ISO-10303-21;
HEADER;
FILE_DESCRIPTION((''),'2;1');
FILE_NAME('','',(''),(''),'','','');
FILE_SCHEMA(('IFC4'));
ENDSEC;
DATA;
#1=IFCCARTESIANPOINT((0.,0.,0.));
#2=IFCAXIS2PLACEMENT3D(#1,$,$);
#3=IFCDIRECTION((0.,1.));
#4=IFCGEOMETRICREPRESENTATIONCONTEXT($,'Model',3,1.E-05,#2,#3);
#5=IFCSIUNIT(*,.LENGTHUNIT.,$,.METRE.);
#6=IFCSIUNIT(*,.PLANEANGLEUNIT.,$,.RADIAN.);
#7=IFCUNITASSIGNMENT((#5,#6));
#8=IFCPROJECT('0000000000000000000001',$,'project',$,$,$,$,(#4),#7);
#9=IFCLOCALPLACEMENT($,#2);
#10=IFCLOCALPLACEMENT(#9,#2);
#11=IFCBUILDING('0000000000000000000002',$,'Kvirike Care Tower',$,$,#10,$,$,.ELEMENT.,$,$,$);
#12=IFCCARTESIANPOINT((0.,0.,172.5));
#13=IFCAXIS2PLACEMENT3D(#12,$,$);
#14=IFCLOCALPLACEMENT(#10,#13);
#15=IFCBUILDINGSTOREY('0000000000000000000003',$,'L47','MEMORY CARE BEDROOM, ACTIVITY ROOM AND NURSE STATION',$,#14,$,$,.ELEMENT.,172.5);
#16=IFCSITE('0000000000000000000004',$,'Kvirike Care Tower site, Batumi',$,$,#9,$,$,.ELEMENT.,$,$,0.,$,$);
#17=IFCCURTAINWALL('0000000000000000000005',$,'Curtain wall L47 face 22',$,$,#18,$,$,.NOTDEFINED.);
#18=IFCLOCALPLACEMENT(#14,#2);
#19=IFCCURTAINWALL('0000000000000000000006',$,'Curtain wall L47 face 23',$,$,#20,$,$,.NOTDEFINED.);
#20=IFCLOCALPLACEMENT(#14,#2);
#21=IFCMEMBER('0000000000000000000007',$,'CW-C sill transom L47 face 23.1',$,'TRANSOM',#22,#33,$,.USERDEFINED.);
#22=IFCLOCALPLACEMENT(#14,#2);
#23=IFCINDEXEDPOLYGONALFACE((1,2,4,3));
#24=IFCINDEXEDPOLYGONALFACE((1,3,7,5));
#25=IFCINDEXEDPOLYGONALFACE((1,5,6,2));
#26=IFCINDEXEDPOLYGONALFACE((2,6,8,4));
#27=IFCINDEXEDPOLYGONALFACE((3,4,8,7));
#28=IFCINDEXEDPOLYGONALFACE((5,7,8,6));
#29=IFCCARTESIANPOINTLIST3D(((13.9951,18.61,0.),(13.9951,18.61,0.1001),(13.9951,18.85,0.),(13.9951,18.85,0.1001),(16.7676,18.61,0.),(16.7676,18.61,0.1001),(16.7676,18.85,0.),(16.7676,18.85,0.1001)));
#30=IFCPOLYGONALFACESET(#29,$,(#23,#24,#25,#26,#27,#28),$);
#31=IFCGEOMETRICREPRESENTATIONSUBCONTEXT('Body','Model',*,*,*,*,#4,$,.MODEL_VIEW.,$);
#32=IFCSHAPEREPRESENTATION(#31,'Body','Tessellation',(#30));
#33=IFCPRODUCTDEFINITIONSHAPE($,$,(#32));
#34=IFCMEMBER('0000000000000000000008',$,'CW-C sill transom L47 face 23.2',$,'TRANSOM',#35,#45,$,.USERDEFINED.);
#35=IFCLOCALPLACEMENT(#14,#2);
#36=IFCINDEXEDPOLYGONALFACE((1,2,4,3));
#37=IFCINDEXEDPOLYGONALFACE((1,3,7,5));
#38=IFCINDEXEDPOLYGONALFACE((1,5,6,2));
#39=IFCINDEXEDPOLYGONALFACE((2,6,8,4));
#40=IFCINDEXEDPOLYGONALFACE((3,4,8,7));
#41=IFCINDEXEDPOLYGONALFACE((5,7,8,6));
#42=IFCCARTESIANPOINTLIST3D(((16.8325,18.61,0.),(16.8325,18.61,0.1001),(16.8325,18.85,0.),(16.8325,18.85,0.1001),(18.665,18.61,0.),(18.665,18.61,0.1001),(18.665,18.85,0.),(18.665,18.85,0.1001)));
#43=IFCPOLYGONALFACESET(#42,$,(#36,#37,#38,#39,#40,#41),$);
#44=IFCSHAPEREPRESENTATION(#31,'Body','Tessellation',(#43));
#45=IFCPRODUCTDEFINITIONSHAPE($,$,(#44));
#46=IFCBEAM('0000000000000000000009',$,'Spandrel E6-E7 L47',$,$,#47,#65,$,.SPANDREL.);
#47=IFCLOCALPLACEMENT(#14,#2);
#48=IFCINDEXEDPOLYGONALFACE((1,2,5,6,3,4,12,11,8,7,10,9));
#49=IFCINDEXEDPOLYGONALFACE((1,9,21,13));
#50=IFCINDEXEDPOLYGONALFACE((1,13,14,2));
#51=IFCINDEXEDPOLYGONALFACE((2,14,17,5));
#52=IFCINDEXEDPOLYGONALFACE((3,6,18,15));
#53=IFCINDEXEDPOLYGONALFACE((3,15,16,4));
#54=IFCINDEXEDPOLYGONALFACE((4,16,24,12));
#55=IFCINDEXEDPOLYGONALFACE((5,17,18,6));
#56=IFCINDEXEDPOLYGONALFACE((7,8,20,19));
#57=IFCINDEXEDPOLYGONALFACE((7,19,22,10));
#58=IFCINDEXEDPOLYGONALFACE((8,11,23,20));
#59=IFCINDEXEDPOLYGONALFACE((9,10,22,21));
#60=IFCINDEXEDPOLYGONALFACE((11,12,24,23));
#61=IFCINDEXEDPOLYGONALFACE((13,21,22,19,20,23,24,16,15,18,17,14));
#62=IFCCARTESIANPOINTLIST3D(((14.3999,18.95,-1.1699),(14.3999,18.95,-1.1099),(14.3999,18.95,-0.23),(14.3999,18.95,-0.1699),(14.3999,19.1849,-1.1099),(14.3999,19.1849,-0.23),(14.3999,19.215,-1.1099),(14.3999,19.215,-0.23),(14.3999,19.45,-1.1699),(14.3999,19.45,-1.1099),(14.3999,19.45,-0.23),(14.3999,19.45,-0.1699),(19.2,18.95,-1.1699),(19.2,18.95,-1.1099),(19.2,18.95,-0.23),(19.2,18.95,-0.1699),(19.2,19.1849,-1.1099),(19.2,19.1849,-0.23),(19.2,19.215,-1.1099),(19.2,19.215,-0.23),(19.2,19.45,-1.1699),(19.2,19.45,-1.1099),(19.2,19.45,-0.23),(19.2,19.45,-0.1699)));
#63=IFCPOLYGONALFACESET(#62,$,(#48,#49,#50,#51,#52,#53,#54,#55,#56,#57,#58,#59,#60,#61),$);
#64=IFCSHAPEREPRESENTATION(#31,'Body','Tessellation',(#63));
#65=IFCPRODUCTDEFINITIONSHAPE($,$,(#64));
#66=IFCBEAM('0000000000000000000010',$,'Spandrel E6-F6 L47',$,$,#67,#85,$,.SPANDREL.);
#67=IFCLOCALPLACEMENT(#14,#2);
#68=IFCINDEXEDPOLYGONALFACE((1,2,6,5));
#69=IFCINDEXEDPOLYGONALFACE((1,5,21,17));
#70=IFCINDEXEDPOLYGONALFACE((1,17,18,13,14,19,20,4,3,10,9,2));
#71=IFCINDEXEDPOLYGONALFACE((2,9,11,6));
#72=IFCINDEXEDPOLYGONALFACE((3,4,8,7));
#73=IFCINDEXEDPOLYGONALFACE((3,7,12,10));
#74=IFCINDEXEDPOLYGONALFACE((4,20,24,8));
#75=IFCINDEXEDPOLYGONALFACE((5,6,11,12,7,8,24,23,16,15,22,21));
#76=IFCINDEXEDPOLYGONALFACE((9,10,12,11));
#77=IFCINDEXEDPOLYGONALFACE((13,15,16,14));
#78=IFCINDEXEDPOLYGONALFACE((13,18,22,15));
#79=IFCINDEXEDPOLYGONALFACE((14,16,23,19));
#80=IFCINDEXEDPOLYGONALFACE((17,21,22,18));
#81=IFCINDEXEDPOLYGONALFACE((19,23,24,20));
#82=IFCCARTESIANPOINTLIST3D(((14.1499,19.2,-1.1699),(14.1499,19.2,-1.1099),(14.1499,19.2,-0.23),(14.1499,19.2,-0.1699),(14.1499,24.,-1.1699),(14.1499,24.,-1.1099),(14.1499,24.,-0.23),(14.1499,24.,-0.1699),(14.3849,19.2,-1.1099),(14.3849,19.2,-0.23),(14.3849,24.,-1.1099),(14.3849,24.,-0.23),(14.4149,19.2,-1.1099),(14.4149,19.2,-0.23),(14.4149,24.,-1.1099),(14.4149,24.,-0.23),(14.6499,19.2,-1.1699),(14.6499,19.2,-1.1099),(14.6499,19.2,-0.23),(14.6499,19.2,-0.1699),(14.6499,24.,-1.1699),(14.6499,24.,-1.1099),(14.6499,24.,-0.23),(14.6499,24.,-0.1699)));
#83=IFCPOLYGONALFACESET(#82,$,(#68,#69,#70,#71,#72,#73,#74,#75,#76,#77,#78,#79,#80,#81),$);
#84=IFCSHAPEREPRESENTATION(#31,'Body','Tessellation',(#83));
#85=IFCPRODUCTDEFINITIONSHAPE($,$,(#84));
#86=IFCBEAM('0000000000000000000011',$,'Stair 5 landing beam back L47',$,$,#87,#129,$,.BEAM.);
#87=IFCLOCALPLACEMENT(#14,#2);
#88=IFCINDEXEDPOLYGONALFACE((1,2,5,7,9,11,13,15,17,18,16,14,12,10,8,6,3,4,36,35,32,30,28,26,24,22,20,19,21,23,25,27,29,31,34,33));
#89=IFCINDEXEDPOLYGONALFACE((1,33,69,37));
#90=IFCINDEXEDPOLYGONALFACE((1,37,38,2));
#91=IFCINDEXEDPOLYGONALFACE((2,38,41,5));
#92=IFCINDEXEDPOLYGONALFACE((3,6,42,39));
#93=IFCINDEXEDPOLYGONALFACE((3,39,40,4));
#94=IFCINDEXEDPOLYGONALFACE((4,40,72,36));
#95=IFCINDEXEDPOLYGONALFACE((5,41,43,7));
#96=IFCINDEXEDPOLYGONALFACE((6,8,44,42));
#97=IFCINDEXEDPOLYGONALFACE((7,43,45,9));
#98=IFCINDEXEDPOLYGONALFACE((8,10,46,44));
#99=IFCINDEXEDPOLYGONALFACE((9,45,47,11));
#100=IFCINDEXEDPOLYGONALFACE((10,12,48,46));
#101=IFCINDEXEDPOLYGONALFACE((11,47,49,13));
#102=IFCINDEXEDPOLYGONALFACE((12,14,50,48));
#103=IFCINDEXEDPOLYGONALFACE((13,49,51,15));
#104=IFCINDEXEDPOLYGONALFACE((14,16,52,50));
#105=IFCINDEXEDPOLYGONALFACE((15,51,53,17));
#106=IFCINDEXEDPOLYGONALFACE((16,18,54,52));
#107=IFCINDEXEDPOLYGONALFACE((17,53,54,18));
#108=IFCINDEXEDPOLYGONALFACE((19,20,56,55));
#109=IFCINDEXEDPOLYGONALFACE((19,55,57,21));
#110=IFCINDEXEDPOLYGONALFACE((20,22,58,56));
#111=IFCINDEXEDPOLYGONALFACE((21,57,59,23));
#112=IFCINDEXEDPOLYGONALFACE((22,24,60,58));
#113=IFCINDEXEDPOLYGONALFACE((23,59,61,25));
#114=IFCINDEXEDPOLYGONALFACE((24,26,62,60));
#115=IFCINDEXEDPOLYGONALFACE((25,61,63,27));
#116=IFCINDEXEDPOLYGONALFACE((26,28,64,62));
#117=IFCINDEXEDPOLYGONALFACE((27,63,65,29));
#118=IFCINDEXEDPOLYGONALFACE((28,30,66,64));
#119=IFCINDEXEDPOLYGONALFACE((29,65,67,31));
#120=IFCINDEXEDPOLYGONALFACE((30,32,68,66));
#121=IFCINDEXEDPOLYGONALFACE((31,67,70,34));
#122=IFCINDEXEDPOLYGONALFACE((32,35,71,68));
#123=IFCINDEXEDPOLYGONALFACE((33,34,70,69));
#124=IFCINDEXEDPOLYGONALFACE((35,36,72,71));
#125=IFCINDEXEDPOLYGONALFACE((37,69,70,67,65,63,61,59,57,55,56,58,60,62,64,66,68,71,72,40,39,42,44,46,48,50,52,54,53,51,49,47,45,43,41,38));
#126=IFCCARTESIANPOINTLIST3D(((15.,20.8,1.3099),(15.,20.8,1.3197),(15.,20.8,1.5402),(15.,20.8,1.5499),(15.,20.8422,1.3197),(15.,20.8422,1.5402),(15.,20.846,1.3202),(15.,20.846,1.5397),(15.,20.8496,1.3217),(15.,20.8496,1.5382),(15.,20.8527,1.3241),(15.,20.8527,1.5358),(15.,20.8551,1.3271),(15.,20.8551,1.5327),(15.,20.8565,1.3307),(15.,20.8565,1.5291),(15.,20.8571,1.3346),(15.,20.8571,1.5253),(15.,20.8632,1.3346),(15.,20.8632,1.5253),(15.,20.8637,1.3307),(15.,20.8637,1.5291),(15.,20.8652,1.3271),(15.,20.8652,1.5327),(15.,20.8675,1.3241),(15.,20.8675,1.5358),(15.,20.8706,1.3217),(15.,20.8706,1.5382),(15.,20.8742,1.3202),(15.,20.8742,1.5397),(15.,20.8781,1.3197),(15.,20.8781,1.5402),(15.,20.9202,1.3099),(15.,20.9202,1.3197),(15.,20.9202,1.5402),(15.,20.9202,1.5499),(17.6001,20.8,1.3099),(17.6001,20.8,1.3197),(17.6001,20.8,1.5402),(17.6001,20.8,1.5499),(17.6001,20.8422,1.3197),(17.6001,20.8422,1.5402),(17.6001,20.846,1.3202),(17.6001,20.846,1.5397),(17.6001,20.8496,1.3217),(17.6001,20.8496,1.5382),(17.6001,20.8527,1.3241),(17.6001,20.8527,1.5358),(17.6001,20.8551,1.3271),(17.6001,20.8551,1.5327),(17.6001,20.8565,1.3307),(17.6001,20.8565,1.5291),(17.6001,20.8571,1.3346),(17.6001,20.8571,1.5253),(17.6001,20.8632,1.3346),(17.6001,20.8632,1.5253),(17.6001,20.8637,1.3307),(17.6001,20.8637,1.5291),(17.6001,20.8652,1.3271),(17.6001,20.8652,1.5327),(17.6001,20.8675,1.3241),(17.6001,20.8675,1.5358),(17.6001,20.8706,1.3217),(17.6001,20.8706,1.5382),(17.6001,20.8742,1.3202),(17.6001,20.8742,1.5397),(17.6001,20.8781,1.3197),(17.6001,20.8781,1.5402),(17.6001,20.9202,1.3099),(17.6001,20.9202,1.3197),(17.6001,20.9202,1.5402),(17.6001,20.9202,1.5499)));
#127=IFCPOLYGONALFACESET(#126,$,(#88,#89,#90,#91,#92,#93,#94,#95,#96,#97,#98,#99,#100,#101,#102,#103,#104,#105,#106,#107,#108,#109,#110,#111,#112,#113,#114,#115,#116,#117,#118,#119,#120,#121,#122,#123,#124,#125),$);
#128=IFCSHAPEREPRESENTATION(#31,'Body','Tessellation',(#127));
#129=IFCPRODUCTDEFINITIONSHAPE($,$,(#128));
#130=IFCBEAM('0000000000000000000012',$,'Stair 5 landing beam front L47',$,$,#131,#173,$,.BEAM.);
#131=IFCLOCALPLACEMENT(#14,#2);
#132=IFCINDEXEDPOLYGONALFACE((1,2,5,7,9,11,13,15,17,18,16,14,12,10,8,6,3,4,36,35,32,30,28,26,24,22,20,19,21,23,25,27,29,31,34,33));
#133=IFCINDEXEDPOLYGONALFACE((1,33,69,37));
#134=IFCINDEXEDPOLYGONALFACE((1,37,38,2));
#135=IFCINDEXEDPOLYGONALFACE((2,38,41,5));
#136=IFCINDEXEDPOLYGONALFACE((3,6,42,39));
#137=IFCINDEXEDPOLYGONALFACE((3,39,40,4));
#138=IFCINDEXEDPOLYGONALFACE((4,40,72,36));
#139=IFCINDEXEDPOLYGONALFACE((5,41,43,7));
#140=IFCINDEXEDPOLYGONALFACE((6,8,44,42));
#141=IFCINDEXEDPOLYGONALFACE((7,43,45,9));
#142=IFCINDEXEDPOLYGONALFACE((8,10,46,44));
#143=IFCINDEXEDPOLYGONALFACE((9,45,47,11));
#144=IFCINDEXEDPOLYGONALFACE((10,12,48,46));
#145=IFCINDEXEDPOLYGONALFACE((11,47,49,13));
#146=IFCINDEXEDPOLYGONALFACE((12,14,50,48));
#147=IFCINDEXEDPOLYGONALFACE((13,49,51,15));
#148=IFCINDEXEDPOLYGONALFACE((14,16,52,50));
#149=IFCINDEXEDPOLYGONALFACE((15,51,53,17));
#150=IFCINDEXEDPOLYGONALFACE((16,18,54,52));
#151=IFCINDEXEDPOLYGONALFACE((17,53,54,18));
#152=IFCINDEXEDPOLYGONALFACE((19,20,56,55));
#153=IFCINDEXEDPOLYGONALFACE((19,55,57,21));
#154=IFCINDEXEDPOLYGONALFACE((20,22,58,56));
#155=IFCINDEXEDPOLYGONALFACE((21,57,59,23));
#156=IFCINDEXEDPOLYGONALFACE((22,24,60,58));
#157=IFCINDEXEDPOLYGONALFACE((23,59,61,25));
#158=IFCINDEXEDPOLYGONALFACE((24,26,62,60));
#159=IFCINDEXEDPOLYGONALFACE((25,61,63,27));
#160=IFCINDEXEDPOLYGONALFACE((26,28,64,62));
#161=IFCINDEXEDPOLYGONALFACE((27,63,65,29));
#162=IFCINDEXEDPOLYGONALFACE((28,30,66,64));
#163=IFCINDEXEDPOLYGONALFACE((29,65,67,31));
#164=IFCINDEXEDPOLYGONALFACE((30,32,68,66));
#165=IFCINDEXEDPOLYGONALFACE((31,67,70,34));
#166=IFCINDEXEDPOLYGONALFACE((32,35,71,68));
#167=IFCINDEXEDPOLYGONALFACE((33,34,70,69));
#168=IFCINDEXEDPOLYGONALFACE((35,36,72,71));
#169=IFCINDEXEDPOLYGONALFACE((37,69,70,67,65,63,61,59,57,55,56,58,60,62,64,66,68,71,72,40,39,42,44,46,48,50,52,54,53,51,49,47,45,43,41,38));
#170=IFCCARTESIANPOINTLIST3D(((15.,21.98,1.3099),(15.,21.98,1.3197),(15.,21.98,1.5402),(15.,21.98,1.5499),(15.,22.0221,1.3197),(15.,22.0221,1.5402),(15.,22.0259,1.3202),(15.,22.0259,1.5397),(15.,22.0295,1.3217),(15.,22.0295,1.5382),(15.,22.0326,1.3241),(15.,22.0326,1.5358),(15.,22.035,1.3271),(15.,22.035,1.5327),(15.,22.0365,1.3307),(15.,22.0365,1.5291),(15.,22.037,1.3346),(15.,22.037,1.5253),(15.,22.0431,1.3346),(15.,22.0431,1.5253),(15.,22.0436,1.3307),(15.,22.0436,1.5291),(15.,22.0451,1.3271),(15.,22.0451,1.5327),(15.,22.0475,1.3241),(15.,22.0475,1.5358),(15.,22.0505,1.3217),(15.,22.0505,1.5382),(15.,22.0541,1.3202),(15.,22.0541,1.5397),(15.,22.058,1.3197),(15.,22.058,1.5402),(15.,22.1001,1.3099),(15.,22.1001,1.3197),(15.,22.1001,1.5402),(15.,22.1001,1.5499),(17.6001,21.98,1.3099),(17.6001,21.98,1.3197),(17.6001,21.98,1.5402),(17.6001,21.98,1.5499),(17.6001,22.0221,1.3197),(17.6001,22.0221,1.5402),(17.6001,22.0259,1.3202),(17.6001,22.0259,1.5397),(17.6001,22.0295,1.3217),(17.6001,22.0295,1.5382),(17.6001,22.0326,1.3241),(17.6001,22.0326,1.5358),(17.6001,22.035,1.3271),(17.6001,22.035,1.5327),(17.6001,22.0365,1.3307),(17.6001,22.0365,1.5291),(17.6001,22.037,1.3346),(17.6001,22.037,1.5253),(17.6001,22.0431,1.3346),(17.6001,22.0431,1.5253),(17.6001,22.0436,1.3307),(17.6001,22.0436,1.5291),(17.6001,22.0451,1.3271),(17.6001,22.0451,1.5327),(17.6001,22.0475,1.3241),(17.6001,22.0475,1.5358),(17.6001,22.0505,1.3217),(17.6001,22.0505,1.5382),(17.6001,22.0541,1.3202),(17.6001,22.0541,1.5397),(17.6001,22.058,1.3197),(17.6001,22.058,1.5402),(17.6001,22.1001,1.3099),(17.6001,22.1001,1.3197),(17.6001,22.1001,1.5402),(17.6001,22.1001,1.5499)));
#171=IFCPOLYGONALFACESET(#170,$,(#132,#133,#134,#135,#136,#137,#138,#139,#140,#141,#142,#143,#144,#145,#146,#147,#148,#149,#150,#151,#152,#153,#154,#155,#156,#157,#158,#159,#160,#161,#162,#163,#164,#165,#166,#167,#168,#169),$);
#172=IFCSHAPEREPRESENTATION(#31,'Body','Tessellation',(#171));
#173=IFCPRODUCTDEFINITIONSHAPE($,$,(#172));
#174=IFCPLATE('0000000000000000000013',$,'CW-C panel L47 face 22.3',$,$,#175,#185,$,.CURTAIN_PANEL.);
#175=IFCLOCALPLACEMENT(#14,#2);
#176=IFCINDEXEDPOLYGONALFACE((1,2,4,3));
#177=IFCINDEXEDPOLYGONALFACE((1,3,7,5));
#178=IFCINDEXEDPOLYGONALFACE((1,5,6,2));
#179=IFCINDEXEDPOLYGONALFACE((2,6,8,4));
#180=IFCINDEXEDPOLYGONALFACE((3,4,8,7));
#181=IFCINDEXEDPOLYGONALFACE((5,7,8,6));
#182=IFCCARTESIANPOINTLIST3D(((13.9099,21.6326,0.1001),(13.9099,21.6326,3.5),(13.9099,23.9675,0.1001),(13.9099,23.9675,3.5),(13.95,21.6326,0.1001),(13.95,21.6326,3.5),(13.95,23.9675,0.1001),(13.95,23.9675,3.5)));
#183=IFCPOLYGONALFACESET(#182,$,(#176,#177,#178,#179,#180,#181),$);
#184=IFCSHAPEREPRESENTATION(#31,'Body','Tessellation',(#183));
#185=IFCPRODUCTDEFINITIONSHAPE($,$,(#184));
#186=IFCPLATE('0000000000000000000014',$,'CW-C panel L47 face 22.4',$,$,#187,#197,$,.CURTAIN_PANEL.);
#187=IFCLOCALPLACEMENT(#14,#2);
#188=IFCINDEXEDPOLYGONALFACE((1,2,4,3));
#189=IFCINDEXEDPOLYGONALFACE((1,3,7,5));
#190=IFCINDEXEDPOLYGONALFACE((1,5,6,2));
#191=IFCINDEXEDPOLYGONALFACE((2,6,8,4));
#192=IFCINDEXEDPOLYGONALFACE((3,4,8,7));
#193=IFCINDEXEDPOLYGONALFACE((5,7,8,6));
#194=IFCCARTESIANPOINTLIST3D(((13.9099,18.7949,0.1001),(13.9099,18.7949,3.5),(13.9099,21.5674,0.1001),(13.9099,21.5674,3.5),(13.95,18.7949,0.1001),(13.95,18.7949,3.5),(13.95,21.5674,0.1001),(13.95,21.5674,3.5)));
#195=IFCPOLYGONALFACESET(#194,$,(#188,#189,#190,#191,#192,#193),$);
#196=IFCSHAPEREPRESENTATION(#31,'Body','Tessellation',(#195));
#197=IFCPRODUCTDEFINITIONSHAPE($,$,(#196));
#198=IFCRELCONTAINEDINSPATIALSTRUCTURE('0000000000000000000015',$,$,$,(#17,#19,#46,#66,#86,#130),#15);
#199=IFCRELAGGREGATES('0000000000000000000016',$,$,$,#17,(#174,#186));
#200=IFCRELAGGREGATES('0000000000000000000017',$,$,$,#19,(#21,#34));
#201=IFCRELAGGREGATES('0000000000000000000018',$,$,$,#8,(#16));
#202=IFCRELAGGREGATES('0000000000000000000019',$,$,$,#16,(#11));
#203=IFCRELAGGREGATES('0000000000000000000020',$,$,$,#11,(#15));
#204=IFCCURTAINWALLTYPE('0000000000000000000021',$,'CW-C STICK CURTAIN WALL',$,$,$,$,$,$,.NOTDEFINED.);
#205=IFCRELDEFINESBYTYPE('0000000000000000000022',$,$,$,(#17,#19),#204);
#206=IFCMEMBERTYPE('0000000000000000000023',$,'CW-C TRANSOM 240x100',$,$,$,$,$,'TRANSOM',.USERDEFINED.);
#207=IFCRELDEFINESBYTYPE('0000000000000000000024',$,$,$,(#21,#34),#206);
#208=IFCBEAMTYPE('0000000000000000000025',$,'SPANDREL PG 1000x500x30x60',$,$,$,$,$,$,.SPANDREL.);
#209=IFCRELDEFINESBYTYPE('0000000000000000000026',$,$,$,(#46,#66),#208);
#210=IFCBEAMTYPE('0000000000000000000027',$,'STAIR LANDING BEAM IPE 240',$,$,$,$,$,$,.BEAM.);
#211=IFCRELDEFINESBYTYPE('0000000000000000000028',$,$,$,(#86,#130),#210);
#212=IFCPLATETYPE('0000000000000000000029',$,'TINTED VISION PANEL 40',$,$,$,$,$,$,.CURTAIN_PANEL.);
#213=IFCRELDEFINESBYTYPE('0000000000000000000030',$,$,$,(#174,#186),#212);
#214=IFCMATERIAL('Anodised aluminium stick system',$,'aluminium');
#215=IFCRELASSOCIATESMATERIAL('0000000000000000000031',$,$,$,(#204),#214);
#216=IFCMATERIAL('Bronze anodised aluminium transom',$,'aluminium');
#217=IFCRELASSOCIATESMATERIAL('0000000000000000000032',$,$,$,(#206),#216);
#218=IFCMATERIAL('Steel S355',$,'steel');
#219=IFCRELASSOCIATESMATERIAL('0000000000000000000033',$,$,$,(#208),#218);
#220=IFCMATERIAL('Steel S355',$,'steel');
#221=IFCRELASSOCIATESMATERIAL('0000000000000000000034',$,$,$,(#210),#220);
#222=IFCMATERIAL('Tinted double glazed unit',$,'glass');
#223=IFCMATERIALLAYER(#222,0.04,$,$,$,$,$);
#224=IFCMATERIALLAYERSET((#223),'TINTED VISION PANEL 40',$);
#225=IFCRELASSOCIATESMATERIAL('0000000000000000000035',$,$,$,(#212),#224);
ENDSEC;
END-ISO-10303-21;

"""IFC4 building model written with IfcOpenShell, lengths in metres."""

from ifc_helpers import new_model, si_unit, direction, frame, origin, origin_2d, place, context, subcontext, project, spatial, rectangle, i_section, extrude, material, layer, layer_set, material_profile, profile_set, type_object, element, aggregate, save


model = new_model("IFC4")

# Units and contexts
model_context = context("Model", 3, precision=1e-05, world=origin(), true_north=direction((0.0, 1.0)))
body_context = subcontext(model_context, "Body", "Model", "MODEL_VIEW")
ifc_project = project(units=[si_unit("LENGTHUNIT", "METRE"), si_unit("PLANEANGLEUNIT", "RADIAN")], contexts=[model_context])

# Site, building, storey
site_placement = place(None, origin())
site = spatial("IfcSite", under=ifc_project, at=site_placement, Name="Kvirike Care Tower site, Batumi", CompositionType="ELEMENT", RefElevation=0.0)
building_placement = place(site_placement, origin())
building = spatial("IfcBuilding", under=site, at=building_placement, Name="Kvirike Care Tower", CompositionType="ELEMENT")
storey_placement = place(building_placement, frame((0.0, 0.0, 172.5)))
storey = spatial("IfcBuildingStorey", under=building, at=storey_placement, Name="L47", Description="MEMORY CARE BEDROOM, ACTIVITY ROOM AND NURSE STATION", CompositionType="ELEMENT", Elevation=172.5)

# Curtain walls
ifc_material_1 = material(Name="Anodised aluminium stick system", Category="aluminium")
curtain_wall_type = type_object("IfcCurtainWallType", Name="CW-C STICK CURTAIN WALL", PredefinedType="NOTDEFINED", material=ifc_material_1)
curtain_wall_1_placement = place(storey_placement, origin())
curtain_wall_1 = element("IfcCurtainWall", 1, at=curtain_wall_1_placement, inside=storey, type_object=curtain_wall_type, Name="Curtain wall L47 face 22", PredefinedType="NOTDEFINED")
curtain_wall_2_placement = place(storey_placement, origin())
curtain_wall_2 = element("IfcCurtainWall", 2, at=curtain_wall_2_placement, inside=storey, type_object=curtain_wall_type, Name="Curtain wall L47 face 23", PredefinedType="NOTDEFINED")

# Members
ifc_material_2 = material(Name="Bronze anodised aluminium transom", Category="aluminium")
ifc_material_profile_1 = material_profile(ifc_material_2, rectangle(XDim=0.24, YDim=0.1001, at=origin_2d()), Name="CW-C TRANSOM 240x100")
ifc_profile_set_1 = profile_set([ifc_material_profile_1], Name="Bronze anodised aluminium transom")
member_type_1 = type_object("IfcMemberType", Name="CW-C TRANSOM 240x100", ElementType="TRANSOM", PredefinedType="USERDEFINED", material=ifc_profile_set_1)
member_1_placement = place(storey_placement, frame((13.9951, 18.73, 0.05), z_axis=(1.0, 0.0, 0.0), x_axis=(0.0, 1.0, 0.0)))
member_1 = element("IfcMember", 3, at=member_1_placement, type_object=member_type_1, Name="CW-C sill transom L47 face 23.1", ObjectType="TRANSOM", PredefinedType="USERDEFINED", context=body_context, shape_type="SweptSolid", body=[
    extrude(rectangle(XDim=0.24, YDim=0.1001, at=origin_2d()), origin(), (0.0, 0.0, 1.0), 2.7725),
])
member_2_placement = place(storey_placement, frame((16.8325, 18.73, 0.05), z_axis=(1.0, 0.0, 0.0), x_axis=(0.0, 1.0, 0.0)))
member_2 = element("IfcMember", 4, at=member_2_placement, type_object=member_type_1, Name="CW-C sill transom L47 face 23.2", ObjectType="TRANSOM", PredefinedType="USERDEFINED", context=body_context, shape_type="SweptSolid", body=[
    extrude(rectangle(XDim=0.24, YDim=0.1001, at=origin_2d()), origin(), (0.0, 0.0, 1.0), 1.8325),
])

# Beams
ifc_material_3 = material(Name="Steel S355", Category="steel")
ifc_material_profile_2 = material_profile(ifc_material_3, i_section(OverallWidth=0.5, OverallDepth=1.0, WebThickness=0.03, FlangeThickness=0.0601, at=origin_2d()), Name="PG 1000x500x30x60")
ifc_profile_set_2 = profile_set([ifc_material_profile_2], Name="Steel S355")
beam_type_1 = type_object("IfcBeamType", Name="SPANDREL PG 1000x500x30x60", PredefinedType="SPANDREL", material=ifc_profile_set_2)
for number, where, z_axis, x_axis, name in (
    (5, (14.3999, 19.2, -0.6699), (1.0, 0.0, 0.0), (0.0, 1.0, 0.0), "Spandrel E6-E7 L47"),
    (6, (14.3999, 19.2, -0.6699), (0.0, 1.0, 0.0), (-1.0, 0.0, 0.0), "Spandrel E6-F6 L47"),
):
    element("IfcBeam", number, at=place(storey_placement, frame(where, z_axis=z_axis, x_axis=x_axis)), inside=storey, type_object=beam_type_1, Name=name, PredefinedType="SPANDREL", context=body_context, shape_type="SweptSolid", body=[
        extrude(i_section(OverallWidth=0.5, OverallDepth=1.0, WebThickness=0.03, FlangeThickness=0.0601, at=origin_2d()), origin(), (0.0, 0.0, 1.0), 4.8),
    ])
ifc_material_4 = material(Name="Steel S355", Category="steel")
ifc_material_profile_3 = material_profile(ifc_material_4, i_section(OverallWidth=0.1201, OverallDepth=0.24, WebThickness=0.0061, FlangeThickness=0.0098, FilletRadius=0.0149, at=origin_2d()), Name="IPE 240")
ifc_profile_set_3 = profile_set([ifc_material_profile_3], Name="Steel S355")
beam_type_2 = type_object("IfcBeamType", Name="STAIR LANDING BEAM IPE 240", PredefinedType="BEAM", material=ifc_profile_set_3)
for number, where, z_axis, x_axis, name in (
    (7, (15.0, 20.8601, 1.4299), (1.0, 0.0, 0.0), (0.0, 1.0, 0.0), "Stair 5 landing beam back L47"),
    (8, (15.0, 22.04, 1.4299), (1.0, 0.0, 0.0), (0.0, 1.0, 0.0), "Stair 5 landing beam front L47"),
):
    element("IfcBeam", number, at=place(storey_placement, frame(where, z_axis=z_axis, x_axis=x_axis)), inside=storey, type_object=beam_type_2, Name=name, PredefinedType="BEAM", context=body_context, shape_type="SweptSolid", body=[
        extrude(i_section(OverallWidth=0.1201, OverallDepth=0.24, WebThickness=0.0061, FlangeThickness=0.0098, FilletRadius=0.0149, at=origin_2d()), origin(), (0.0, 0.0, 1.0), 2.6001),
    ])

# Plates
ifc_material_5 = material(Name="Tinted double glazed unit", Category="glass")
ifc_layer_1 = layer(ifc_material_5, 0.04)
ifc_layer_set_1 = layer_set([ifc_layer_1], Name="TINTED VISION PANEL 40")
plate_type = type_object("IfcPlateType", Name="TINTED VISION PANEL 40", PredefinedType="CURTAIN_PANEL", material=ifc_layer_set_1)
plate_1_placement = place(storey_placement, frame((13.9299, 22.8, 0.1001), z_axis=(0.0, 0.0, 1.0), x_axis=(0.0, -1.0, 0.0)))
plate_1 = element("IfcPlate", 9, at=plate_1_placement, type_object=plate_type, Name="CW-C panel L47 face 22.3", PredefinedType="CURTAIN_PANEL", context=body_context, shape_type="SweptSolid", body=[
    extrude(rectangle(XDim=2.335, YDim=0.04, at=origin_2d()), origin(), (0.0, 0.0, 1.0), 3.3999),
])
plate_2_placement = place(storey_placement, frame((13.9299, 20.1812, 0.1001), z_axis=(0.0, 0.0, 1.0), x_axis=(0.0, -1.0, 0.0)))
plate_2 = element("IfcPlate", 10, at=plate_2_placement, type_object=plate_type, Name="CW-C panel L47 face 22.4", PredefinedType="CURTAIN_PANEL", context=body_context, shape_type="SweptSolid", body=[
    extrude(rectangle(XDim=2.7725, YDim=0.04, at=origin_2d()), origin(), (0.0, 0.0, 1.0), 3.3999),
])
aggregate(curtain_wall_1, [plate_1, plate_2])
aggregate(curtain_wall_2, [member_1, member_2])

save(model, "model.ifc")
